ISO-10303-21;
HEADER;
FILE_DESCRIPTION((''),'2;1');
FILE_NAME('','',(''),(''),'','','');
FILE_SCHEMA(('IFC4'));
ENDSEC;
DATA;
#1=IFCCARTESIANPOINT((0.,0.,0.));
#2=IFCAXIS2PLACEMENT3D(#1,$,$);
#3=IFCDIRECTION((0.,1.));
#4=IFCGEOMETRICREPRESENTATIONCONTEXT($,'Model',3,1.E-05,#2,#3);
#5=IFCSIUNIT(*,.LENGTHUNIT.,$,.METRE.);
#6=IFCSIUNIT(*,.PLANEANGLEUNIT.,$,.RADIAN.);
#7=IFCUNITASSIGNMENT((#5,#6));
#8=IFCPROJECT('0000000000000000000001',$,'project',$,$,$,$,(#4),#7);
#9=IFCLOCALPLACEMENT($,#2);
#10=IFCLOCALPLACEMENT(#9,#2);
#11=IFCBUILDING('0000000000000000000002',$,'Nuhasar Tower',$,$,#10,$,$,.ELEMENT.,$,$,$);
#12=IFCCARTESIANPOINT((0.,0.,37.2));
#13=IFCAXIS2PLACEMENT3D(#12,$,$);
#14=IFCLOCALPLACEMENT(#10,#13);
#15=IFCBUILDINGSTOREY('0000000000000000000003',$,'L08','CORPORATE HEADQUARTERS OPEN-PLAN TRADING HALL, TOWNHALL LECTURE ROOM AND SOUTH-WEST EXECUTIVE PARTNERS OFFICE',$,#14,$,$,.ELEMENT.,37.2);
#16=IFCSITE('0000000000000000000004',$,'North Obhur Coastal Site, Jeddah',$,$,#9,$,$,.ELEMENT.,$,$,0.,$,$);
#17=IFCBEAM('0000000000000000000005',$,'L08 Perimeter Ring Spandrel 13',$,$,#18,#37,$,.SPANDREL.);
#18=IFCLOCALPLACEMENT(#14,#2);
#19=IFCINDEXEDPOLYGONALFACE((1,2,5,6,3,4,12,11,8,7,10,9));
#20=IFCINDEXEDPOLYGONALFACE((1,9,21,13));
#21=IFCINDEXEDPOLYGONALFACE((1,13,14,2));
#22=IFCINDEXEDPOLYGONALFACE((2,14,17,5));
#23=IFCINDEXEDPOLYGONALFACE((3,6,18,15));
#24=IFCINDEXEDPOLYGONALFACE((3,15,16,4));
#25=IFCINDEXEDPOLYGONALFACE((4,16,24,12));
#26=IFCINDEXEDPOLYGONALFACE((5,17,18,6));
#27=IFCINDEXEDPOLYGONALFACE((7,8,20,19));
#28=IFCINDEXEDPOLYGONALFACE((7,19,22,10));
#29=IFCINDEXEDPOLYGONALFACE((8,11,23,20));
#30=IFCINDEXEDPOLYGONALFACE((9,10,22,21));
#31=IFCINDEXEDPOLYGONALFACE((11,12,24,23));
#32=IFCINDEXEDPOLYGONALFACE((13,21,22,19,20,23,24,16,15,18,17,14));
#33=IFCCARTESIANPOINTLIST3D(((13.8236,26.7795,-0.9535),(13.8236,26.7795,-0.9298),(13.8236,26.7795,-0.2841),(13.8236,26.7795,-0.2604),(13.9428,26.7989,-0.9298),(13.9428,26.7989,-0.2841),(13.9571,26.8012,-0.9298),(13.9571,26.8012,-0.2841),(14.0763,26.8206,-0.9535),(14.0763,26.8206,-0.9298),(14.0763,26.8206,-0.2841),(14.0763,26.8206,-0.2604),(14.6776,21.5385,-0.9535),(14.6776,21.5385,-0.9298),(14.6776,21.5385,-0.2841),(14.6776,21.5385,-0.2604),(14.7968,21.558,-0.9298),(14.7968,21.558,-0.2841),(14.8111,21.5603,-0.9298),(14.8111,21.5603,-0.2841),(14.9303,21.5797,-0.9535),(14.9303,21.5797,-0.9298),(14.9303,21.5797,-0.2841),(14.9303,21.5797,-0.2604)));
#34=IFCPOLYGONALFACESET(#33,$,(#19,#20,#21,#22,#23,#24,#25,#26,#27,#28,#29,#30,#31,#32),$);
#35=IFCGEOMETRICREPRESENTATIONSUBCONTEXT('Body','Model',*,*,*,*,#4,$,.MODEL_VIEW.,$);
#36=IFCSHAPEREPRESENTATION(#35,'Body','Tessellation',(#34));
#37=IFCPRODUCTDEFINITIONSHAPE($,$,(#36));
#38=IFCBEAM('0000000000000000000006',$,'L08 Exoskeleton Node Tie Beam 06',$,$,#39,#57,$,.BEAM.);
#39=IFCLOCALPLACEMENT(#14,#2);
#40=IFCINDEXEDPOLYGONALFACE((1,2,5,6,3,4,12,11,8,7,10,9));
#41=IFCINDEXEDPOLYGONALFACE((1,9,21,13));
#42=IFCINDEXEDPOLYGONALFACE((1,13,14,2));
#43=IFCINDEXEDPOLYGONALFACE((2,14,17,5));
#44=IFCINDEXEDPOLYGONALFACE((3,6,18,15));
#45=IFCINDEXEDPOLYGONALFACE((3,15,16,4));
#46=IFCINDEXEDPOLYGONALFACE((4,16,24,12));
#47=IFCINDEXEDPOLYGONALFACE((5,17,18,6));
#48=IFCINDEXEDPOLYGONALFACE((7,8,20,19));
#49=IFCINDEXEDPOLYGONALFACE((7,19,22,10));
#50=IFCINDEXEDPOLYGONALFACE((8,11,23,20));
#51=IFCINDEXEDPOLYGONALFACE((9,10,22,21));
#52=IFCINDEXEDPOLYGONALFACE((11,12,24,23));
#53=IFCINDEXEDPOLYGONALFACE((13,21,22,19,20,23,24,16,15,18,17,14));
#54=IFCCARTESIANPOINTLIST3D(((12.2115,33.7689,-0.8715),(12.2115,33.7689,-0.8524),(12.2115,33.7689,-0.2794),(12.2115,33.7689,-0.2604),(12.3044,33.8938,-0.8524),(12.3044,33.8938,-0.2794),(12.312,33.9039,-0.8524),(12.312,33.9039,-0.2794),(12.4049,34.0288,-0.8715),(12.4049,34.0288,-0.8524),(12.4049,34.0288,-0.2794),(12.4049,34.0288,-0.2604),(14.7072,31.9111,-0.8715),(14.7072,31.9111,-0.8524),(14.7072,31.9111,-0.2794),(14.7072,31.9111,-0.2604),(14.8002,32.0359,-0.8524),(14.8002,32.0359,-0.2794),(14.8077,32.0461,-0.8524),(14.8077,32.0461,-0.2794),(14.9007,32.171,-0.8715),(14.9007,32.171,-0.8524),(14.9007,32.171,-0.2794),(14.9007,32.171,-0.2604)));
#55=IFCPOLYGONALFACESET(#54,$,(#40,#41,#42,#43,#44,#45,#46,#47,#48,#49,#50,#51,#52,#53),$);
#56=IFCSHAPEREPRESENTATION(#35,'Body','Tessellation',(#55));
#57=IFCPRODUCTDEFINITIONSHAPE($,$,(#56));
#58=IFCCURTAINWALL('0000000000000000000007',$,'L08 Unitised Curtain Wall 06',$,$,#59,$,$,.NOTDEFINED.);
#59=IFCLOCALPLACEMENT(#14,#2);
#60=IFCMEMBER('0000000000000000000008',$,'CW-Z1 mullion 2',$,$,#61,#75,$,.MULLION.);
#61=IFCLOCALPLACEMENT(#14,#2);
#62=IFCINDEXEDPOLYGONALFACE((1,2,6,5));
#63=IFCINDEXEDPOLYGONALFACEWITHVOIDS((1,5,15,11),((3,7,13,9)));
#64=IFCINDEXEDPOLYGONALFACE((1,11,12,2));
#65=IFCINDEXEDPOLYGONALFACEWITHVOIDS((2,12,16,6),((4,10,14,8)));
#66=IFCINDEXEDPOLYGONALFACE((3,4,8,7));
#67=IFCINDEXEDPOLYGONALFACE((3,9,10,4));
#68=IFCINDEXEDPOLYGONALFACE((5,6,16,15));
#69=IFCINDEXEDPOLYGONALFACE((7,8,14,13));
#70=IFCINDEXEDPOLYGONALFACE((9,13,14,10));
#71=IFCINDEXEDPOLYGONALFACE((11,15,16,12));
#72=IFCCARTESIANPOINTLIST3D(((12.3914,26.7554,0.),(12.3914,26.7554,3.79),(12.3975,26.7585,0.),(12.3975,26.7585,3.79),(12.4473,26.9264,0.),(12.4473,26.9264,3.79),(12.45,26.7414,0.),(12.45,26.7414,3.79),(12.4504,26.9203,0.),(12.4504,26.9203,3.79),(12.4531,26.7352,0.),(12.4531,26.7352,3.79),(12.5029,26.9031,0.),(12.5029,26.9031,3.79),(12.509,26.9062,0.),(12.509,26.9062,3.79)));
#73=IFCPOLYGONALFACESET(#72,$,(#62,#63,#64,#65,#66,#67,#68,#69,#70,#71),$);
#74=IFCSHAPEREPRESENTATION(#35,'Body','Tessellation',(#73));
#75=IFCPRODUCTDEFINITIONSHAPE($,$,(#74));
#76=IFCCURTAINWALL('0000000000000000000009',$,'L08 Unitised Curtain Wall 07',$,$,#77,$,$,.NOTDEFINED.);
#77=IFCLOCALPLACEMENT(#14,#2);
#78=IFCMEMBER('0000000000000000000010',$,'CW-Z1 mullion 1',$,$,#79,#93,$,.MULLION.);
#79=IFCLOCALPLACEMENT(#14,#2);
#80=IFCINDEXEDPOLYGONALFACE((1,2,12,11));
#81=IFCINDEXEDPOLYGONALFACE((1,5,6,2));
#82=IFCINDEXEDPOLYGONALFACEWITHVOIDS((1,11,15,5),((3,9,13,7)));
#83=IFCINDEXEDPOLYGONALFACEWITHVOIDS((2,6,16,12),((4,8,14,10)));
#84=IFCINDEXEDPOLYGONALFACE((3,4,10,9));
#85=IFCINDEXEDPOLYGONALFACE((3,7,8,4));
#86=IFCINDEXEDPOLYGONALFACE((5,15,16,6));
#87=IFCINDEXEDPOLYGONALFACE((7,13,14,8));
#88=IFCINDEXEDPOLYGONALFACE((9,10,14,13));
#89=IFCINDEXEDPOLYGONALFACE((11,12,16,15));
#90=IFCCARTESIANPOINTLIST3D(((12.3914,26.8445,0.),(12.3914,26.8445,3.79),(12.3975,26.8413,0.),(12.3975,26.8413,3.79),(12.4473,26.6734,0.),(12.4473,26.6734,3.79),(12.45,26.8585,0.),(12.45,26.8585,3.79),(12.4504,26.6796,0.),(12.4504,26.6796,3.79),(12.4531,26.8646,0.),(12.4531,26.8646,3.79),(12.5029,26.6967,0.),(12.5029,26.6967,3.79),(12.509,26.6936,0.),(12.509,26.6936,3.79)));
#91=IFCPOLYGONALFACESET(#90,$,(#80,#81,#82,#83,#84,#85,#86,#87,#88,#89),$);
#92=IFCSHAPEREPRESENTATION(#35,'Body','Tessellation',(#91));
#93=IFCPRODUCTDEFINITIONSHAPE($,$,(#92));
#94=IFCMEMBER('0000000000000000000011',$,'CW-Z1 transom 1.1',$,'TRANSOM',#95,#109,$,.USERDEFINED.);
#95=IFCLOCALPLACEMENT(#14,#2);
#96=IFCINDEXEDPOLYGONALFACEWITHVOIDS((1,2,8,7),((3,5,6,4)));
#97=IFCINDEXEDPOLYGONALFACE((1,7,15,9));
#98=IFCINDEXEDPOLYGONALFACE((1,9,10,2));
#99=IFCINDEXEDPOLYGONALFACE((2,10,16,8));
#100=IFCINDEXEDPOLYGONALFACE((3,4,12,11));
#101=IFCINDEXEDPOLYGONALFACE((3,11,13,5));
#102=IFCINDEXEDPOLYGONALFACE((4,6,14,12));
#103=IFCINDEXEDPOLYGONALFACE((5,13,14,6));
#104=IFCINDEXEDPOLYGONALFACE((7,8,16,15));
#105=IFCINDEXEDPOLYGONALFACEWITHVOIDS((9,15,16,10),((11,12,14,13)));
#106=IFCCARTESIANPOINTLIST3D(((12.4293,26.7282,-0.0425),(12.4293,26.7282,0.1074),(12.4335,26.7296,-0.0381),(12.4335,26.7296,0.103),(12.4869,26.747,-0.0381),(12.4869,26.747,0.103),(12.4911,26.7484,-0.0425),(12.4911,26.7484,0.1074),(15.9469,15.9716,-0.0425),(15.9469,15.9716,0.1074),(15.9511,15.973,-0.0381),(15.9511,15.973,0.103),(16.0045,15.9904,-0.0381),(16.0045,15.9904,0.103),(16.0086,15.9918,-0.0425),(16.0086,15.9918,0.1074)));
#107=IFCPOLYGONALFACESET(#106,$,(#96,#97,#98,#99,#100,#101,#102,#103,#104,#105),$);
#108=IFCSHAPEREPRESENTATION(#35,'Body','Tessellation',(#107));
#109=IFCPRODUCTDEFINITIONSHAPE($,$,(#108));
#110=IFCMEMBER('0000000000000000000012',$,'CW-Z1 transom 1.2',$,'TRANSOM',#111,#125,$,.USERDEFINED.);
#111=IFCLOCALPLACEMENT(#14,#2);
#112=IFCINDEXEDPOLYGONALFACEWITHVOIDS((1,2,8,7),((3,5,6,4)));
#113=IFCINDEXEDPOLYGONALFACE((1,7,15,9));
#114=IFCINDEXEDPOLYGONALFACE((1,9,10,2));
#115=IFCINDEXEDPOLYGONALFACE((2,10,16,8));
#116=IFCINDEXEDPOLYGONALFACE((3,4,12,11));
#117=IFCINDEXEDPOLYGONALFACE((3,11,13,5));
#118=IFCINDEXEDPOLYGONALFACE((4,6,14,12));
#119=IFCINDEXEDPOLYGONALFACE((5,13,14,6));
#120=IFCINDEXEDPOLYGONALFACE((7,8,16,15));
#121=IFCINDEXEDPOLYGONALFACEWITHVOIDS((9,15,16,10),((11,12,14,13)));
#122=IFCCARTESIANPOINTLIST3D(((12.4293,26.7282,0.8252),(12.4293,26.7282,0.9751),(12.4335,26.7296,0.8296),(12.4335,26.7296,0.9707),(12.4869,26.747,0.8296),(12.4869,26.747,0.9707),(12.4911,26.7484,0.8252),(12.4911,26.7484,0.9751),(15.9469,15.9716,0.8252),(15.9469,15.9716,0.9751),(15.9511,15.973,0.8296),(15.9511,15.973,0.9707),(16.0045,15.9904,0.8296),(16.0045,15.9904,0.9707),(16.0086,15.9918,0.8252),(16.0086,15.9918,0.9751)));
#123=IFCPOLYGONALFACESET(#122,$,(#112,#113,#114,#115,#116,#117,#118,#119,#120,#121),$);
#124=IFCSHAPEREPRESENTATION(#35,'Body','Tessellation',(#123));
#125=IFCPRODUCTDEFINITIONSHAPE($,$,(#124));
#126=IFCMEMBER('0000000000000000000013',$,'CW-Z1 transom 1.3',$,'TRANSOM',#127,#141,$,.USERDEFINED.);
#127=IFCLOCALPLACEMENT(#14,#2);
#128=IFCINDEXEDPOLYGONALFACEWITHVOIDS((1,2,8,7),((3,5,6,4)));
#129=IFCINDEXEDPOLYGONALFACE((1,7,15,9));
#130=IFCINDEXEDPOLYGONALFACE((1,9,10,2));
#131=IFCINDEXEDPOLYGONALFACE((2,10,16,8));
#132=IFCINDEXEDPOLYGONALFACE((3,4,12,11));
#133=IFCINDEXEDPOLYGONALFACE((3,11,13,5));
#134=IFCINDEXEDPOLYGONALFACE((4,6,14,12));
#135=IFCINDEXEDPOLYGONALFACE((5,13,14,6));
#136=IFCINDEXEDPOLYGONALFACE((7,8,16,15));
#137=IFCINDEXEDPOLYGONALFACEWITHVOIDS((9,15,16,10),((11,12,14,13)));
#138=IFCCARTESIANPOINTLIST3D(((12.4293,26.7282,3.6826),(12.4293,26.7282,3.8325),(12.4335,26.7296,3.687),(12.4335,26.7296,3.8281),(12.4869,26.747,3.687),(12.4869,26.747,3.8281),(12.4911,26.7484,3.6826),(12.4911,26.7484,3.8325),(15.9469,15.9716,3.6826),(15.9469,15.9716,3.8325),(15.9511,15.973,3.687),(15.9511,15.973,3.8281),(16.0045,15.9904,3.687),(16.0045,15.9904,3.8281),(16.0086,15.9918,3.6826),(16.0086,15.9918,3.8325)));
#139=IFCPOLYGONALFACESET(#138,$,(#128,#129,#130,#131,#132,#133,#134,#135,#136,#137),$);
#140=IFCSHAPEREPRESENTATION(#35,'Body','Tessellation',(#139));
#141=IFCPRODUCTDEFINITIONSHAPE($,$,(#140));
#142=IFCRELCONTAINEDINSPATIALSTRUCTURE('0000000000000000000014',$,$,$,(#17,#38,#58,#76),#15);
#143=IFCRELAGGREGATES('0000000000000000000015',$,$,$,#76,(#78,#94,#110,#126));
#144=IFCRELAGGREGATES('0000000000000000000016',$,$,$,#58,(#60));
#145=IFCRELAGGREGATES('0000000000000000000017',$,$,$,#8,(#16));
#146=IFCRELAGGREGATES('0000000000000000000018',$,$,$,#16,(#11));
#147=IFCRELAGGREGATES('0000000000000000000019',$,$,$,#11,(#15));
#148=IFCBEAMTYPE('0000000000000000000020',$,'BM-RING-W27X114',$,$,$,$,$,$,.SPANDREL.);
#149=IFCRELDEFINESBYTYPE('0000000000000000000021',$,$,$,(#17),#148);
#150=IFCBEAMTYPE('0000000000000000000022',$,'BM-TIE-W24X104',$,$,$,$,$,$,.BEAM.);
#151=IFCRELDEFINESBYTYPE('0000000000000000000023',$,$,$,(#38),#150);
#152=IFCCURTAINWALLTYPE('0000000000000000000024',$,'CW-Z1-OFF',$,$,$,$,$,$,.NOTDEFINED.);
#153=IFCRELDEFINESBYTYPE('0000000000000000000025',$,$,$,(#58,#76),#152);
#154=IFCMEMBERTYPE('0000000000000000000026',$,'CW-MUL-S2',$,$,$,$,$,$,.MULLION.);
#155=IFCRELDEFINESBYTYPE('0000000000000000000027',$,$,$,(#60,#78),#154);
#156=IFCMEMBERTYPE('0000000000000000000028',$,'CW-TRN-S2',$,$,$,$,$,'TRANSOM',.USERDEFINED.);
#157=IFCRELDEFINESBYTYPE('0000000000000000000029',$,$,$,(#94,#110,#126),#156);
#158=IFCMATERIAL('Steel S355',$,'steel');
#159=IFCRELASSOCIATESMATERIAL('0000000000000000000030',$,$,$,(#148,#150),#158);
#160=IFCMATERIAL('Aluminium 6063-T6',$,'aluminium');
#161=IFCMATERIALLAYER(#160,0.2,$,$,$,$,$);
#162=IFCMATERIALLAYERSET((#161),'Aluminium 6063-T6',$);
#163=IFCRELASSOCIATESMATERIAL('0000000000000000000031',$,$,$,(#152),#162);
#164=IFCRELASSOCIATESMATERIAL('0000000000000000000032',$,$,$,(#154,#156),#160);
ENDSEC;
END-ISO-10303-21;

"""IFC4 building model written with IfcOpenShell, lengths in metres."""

from ifc_helpers import new_model, si_unit, direction, frame, origin, origin_2d, place, context, subcontext, project, spatial, hollow_rectangle, i_section, extrude, material, layer, layer_set, material_profile, profile_set, type_object, element, aggregate, save


model = new_model("IFC4")

# Units and contexts
model_context = context("Model", 3, precision=1e-05, world=origin(), true_north=direction((0.0, 1.0)))
body_context = subcontext(model_context, "Body", "Model", "MODEL_VIEW")
ifc_project = project(units=[si_unit("LENGTHUNIT", "METRE"), si_unit("PLANEANGLEUNIT", "RADIAN")], contexts=[model_context])

# Site, building, storey
site_placement = place(None, origin())
site = spatial("IfcSite", under=ifc_project, at=site_placement, Name="North Obhur Coastal Site, Jeddah", CompositionType="ELEMENT", RefElevation=0.0)
building_placement = place(site_placement, origin())
building = spatial("IfcBuilding", under=site, at=building_placement, Name="Nuhasar Tower", CompositionType="ELEMENT")
storey_placement = place(building_placement, frame((0.0, 0.0, 37.2)))
storey = spatial("IfcBuildingStorey", under=building, at=storey_placement, Name="L08", Description="CORPORATE HEADQUARTERS OPEN-PLAN TRADING HALL, TOWNHALL LECTURE ROOM AND SOUTH-WEST EXECUTIVE PARTNERS OFFICE", CompositionType="ELEMENT", Elevation=37.2)

# Beams
ifc_material_1 = material(Name="Steel S355", Category="steel")
ifc_material_profile_1 = material_profile(ifc_material_1, i_section(OverallWidth=0.2561, OverallDepth=0.6931, WebThickness=0.0144, FlangeThickness=0.0237, at=origin_2d()), Name="W27X114")
ifc_profile_set_1 = profile_set([ifc_material_profile_1], Name="Steel S355")
beam_type_1 = type_object("IfcBeamType", Name="BM-RING-W27X114", PredefinedType="SPANDREL", material=ifc_profile_set_1)
for number, where, z_axis, x_axis, name in (
    (1, (13.95, 26.8, -0.6069), (0.160827, -0.986983, 0.0), (0.986983, 0.160827, 0.0), "L08 Perimeter Ring Spandrel 13"),
):
    element("IfcBeam", number, at=place(storey_placement, frame(where, z_axis=z_axis, x_axis=x_axis)), inside=storey, type_object=beam_type_1, Name=name, PredefinedType="SPANDREL", context=body_context, shape_type="SweptSolid", body=[
        extrude(i_section(OverallWidth=0.2561, OverallDepth=0.6931, WebThickness=0.0144, FlangeThickness=0.0237, at=origin_2d()), origin(), (0.0, 0.0, 1.0), 5.3101),
    ])
ifc_material_profile_2 = material_profile(ifc_material_1, i_section(OverallWidth=0.324, OverallDepth=0.6111, WebThickness=0.0127, FlangeThickness=0.019, at=origin_2d()), Name="W24X104")
ifc_profile_set_2 = profile_set([ifc_material_profile_2], Name="Steel S355")
beam_type_2 = type_object("IfcBeamType", Name="BM-TIE-W24X104", PredefinedType="BEAM", material=ifc_profile_set_2)
beam_1_placement = place(storey_placement, frame((14.804, 32.041, -0.5659), z_axis=(-0.802151, 0.597121, 0.0), x_axis=(-0.597121, -0.802151, 0.0)))
element("IfcBeam", 2, at=beam_1_placement, inside=storey, type_object=beam_type_2, Name="L08 Exoskeleton Node Tie Beam 06", PredefinedType="BEAM", context=body_context, shape_type="SweptSolid", body=[
    extrude(i_section(OverallWidth=0.324, OverallDepth=0.6111, WebThickness=0.0127, FlangeThickness=0.019, at=origin_2d()), origin(), (0.0, 0.0, 1.0), 3.1113),
])

# Curtain wall, member
ifc_material_2 = material(Name="Aluminium 6063-T6", Category="aluminium")
ifc_layer_1 = layer(ifc_material_2, 0.2)
ifc_layer_set_1 = layer_set([ifc_layer_1], Name="Aluminium 6063-T6")
curtain_wall_type = type_object("IfcCurtainWallType", Name="CW-Z1-OFF", PredefinedType="NOTDEFINED", material=ifc_layer_set_1)
curtain_wall_1_placement = place(storey_placement, origin())
curtain_wall_1 = element("IfcCurtainWall", 3, at=curtain_wall_1_placement, inside=storey, type_object=curtain_wall_type, Name="L08 Unitised Curtain Wall 06", PredefinedType="NOTDEFINED")
ifc_material_profile_3 = material_profile(ifc_material_2, hollow_rectangle(XDim=0.0649, YDim=0.1799, WallThickness=0.0049, at=origin_2d()), Name="CWM-2")
ifc_profile_set_3 = profile_set([ifc_material_profile_3], Name="Aluminium 6063-T6")
member_type_1 = type_object("IfcMemberType", Name="CW-MUL-S2", PredefinedType="MULLION", material=ifc_profile_set_3)
member_1_placement = place(storey_placement, frame((12.4502, 26.8308, 0.0), z_axis=(0.0, 0.0, 1.0), x_axis=(0.950468, -0.310824, 0.0)))
member_1 = element("IfcMember", 4, at=member_1_placement, type_object=member_type_1, Name="CW-Z1 mullion 2", PredefinedType="MULLION", context=body_context, shape_type="SweptSolid", body=[
    extrude(hollow_rectangle(XDim=0.0649, YDim=0.1799, WallThickness=0.0049, at=origin_2d()), origin(), (0.0, 0.0, 1.0), 3.79),
])

# Curtain wall, members
curtain_wall_2_placement = place(storey_placement, origin())
curtain_wall_2 = element("IfcCurtainWall", 5, at=curtain_wall_2_placement, inside=storey, type_object=curtain_wall_type, Name="L08 Unitised Curtain Wall 07", PredefinedType="NOTDEFINED")
member_2_placement = place(storey_placement, frame((12.4502, 26.769, 0.0), z_axis=(0.0, 0.0, 1.0), x_axis=(0.950468, 0.310824, 0.0)))
member_2 = element("IfcMember", 6, at=member_2_placement, type_object=member_type_1, Name="CW-Z1 mullion 1", PredefinedType="MULLION", context=body_context, shape_type="SweptSolid", body=[
    extrude(hollow_rectangle(XDim=0.0649, YDim=0.1799, WallThickness=0.0049, at=origin_2d()), origin(), (0.0, 0.0, 1.0), 3.79),
])
ifc_material_profile_4 = material_profile(ifc_material_2, hollow_rectangle(XDim=0.0649, YDim=0.1499, WallThickness=0.0044, at=origin_2d()), Name="CWT-2")
ifc_profile_set_4 = profile_set([ifc_material_profile_4], Name="Aluminium 6063-T6")
member_type_2 = type_object("IfcMemberType", Name="CW-TRN-S2", ElementType="TRANSOM", PredefinedType="USERDEFINED", material=ifc_profile_set_4)
member_3_placement = place(storey_placement, frame((12.4602, 26.7383, 0.0325), z_axis=(0.310819, -0.950469, 0.0), x_axis=(0.950469, 0.310819, 0.0)))
member_3 = element("IfcMember", 7, at=member_3_placement, type_object=member_type_2, Name="CW-Z1 transom 1.1", ObjectType="TRANSOM", PredefinedType="USERDEFINED", context=body_context, shape_type="SweptSolid", body=[
    extrude(hollow_rectangle(XDim=0.0649, YDim=0.1499, WallThickness=0.0044, at=origin_2d()), origin(), (0.0, 0.0, 1.0), 11.3171),
])
member_4_placement = place(storey_placement, frame((12.4602, 26.7383, 0.9001), z_axis=(0.310819, -0.950469, 0.0), x_axis=(0.950469, 0.310819, 0.0)))
member_4 = element("IfcMember", 8, at=member_4_placement, type_object=member_type_2, Name="CW-Z1 transom 1.2", ObjectType="TRANSOM", PredefinedType="USERDEFINED", context=body_context, shape_type="SweptSolid", body=[
    extrude(hollow_rectangle(XDim=0.0649, YDim=0.1499, WallThickness=0.0044, at=origin_2d()), origin(), (0.0, 0.0, 1.0), 11.3171),
])
member_5_placement = place(storey_placement, frame((12.4602, 26.7383, 3.7576), z_axis=(0.310819, -0.950469, 0.0), x_axis=(0.950469, 0.310819, 0.0)))
member_5 = element("IfcMember", 9, at=member_5_placement, type_object=member_type_2, Name="CW-Z1 transom 1.3", ObjectType="TRANSOM", PredefinedType="USERDEFINED", context=body_context, shape_type="SweptSolid", body=[
    extrude(hollow_rectangle(XDim=0.0649, YDim=0.1499, WallThickness=0.0044, at=origin_2d()), origin(), (0.0, 0.0, 1.0), 11.3171),
])
aggregate(curtain_wall_2, [member_2, member_3, member_4, member_5])

aggregate(curtain_wall_1, [member_1])

save(model, "model.ifc")
